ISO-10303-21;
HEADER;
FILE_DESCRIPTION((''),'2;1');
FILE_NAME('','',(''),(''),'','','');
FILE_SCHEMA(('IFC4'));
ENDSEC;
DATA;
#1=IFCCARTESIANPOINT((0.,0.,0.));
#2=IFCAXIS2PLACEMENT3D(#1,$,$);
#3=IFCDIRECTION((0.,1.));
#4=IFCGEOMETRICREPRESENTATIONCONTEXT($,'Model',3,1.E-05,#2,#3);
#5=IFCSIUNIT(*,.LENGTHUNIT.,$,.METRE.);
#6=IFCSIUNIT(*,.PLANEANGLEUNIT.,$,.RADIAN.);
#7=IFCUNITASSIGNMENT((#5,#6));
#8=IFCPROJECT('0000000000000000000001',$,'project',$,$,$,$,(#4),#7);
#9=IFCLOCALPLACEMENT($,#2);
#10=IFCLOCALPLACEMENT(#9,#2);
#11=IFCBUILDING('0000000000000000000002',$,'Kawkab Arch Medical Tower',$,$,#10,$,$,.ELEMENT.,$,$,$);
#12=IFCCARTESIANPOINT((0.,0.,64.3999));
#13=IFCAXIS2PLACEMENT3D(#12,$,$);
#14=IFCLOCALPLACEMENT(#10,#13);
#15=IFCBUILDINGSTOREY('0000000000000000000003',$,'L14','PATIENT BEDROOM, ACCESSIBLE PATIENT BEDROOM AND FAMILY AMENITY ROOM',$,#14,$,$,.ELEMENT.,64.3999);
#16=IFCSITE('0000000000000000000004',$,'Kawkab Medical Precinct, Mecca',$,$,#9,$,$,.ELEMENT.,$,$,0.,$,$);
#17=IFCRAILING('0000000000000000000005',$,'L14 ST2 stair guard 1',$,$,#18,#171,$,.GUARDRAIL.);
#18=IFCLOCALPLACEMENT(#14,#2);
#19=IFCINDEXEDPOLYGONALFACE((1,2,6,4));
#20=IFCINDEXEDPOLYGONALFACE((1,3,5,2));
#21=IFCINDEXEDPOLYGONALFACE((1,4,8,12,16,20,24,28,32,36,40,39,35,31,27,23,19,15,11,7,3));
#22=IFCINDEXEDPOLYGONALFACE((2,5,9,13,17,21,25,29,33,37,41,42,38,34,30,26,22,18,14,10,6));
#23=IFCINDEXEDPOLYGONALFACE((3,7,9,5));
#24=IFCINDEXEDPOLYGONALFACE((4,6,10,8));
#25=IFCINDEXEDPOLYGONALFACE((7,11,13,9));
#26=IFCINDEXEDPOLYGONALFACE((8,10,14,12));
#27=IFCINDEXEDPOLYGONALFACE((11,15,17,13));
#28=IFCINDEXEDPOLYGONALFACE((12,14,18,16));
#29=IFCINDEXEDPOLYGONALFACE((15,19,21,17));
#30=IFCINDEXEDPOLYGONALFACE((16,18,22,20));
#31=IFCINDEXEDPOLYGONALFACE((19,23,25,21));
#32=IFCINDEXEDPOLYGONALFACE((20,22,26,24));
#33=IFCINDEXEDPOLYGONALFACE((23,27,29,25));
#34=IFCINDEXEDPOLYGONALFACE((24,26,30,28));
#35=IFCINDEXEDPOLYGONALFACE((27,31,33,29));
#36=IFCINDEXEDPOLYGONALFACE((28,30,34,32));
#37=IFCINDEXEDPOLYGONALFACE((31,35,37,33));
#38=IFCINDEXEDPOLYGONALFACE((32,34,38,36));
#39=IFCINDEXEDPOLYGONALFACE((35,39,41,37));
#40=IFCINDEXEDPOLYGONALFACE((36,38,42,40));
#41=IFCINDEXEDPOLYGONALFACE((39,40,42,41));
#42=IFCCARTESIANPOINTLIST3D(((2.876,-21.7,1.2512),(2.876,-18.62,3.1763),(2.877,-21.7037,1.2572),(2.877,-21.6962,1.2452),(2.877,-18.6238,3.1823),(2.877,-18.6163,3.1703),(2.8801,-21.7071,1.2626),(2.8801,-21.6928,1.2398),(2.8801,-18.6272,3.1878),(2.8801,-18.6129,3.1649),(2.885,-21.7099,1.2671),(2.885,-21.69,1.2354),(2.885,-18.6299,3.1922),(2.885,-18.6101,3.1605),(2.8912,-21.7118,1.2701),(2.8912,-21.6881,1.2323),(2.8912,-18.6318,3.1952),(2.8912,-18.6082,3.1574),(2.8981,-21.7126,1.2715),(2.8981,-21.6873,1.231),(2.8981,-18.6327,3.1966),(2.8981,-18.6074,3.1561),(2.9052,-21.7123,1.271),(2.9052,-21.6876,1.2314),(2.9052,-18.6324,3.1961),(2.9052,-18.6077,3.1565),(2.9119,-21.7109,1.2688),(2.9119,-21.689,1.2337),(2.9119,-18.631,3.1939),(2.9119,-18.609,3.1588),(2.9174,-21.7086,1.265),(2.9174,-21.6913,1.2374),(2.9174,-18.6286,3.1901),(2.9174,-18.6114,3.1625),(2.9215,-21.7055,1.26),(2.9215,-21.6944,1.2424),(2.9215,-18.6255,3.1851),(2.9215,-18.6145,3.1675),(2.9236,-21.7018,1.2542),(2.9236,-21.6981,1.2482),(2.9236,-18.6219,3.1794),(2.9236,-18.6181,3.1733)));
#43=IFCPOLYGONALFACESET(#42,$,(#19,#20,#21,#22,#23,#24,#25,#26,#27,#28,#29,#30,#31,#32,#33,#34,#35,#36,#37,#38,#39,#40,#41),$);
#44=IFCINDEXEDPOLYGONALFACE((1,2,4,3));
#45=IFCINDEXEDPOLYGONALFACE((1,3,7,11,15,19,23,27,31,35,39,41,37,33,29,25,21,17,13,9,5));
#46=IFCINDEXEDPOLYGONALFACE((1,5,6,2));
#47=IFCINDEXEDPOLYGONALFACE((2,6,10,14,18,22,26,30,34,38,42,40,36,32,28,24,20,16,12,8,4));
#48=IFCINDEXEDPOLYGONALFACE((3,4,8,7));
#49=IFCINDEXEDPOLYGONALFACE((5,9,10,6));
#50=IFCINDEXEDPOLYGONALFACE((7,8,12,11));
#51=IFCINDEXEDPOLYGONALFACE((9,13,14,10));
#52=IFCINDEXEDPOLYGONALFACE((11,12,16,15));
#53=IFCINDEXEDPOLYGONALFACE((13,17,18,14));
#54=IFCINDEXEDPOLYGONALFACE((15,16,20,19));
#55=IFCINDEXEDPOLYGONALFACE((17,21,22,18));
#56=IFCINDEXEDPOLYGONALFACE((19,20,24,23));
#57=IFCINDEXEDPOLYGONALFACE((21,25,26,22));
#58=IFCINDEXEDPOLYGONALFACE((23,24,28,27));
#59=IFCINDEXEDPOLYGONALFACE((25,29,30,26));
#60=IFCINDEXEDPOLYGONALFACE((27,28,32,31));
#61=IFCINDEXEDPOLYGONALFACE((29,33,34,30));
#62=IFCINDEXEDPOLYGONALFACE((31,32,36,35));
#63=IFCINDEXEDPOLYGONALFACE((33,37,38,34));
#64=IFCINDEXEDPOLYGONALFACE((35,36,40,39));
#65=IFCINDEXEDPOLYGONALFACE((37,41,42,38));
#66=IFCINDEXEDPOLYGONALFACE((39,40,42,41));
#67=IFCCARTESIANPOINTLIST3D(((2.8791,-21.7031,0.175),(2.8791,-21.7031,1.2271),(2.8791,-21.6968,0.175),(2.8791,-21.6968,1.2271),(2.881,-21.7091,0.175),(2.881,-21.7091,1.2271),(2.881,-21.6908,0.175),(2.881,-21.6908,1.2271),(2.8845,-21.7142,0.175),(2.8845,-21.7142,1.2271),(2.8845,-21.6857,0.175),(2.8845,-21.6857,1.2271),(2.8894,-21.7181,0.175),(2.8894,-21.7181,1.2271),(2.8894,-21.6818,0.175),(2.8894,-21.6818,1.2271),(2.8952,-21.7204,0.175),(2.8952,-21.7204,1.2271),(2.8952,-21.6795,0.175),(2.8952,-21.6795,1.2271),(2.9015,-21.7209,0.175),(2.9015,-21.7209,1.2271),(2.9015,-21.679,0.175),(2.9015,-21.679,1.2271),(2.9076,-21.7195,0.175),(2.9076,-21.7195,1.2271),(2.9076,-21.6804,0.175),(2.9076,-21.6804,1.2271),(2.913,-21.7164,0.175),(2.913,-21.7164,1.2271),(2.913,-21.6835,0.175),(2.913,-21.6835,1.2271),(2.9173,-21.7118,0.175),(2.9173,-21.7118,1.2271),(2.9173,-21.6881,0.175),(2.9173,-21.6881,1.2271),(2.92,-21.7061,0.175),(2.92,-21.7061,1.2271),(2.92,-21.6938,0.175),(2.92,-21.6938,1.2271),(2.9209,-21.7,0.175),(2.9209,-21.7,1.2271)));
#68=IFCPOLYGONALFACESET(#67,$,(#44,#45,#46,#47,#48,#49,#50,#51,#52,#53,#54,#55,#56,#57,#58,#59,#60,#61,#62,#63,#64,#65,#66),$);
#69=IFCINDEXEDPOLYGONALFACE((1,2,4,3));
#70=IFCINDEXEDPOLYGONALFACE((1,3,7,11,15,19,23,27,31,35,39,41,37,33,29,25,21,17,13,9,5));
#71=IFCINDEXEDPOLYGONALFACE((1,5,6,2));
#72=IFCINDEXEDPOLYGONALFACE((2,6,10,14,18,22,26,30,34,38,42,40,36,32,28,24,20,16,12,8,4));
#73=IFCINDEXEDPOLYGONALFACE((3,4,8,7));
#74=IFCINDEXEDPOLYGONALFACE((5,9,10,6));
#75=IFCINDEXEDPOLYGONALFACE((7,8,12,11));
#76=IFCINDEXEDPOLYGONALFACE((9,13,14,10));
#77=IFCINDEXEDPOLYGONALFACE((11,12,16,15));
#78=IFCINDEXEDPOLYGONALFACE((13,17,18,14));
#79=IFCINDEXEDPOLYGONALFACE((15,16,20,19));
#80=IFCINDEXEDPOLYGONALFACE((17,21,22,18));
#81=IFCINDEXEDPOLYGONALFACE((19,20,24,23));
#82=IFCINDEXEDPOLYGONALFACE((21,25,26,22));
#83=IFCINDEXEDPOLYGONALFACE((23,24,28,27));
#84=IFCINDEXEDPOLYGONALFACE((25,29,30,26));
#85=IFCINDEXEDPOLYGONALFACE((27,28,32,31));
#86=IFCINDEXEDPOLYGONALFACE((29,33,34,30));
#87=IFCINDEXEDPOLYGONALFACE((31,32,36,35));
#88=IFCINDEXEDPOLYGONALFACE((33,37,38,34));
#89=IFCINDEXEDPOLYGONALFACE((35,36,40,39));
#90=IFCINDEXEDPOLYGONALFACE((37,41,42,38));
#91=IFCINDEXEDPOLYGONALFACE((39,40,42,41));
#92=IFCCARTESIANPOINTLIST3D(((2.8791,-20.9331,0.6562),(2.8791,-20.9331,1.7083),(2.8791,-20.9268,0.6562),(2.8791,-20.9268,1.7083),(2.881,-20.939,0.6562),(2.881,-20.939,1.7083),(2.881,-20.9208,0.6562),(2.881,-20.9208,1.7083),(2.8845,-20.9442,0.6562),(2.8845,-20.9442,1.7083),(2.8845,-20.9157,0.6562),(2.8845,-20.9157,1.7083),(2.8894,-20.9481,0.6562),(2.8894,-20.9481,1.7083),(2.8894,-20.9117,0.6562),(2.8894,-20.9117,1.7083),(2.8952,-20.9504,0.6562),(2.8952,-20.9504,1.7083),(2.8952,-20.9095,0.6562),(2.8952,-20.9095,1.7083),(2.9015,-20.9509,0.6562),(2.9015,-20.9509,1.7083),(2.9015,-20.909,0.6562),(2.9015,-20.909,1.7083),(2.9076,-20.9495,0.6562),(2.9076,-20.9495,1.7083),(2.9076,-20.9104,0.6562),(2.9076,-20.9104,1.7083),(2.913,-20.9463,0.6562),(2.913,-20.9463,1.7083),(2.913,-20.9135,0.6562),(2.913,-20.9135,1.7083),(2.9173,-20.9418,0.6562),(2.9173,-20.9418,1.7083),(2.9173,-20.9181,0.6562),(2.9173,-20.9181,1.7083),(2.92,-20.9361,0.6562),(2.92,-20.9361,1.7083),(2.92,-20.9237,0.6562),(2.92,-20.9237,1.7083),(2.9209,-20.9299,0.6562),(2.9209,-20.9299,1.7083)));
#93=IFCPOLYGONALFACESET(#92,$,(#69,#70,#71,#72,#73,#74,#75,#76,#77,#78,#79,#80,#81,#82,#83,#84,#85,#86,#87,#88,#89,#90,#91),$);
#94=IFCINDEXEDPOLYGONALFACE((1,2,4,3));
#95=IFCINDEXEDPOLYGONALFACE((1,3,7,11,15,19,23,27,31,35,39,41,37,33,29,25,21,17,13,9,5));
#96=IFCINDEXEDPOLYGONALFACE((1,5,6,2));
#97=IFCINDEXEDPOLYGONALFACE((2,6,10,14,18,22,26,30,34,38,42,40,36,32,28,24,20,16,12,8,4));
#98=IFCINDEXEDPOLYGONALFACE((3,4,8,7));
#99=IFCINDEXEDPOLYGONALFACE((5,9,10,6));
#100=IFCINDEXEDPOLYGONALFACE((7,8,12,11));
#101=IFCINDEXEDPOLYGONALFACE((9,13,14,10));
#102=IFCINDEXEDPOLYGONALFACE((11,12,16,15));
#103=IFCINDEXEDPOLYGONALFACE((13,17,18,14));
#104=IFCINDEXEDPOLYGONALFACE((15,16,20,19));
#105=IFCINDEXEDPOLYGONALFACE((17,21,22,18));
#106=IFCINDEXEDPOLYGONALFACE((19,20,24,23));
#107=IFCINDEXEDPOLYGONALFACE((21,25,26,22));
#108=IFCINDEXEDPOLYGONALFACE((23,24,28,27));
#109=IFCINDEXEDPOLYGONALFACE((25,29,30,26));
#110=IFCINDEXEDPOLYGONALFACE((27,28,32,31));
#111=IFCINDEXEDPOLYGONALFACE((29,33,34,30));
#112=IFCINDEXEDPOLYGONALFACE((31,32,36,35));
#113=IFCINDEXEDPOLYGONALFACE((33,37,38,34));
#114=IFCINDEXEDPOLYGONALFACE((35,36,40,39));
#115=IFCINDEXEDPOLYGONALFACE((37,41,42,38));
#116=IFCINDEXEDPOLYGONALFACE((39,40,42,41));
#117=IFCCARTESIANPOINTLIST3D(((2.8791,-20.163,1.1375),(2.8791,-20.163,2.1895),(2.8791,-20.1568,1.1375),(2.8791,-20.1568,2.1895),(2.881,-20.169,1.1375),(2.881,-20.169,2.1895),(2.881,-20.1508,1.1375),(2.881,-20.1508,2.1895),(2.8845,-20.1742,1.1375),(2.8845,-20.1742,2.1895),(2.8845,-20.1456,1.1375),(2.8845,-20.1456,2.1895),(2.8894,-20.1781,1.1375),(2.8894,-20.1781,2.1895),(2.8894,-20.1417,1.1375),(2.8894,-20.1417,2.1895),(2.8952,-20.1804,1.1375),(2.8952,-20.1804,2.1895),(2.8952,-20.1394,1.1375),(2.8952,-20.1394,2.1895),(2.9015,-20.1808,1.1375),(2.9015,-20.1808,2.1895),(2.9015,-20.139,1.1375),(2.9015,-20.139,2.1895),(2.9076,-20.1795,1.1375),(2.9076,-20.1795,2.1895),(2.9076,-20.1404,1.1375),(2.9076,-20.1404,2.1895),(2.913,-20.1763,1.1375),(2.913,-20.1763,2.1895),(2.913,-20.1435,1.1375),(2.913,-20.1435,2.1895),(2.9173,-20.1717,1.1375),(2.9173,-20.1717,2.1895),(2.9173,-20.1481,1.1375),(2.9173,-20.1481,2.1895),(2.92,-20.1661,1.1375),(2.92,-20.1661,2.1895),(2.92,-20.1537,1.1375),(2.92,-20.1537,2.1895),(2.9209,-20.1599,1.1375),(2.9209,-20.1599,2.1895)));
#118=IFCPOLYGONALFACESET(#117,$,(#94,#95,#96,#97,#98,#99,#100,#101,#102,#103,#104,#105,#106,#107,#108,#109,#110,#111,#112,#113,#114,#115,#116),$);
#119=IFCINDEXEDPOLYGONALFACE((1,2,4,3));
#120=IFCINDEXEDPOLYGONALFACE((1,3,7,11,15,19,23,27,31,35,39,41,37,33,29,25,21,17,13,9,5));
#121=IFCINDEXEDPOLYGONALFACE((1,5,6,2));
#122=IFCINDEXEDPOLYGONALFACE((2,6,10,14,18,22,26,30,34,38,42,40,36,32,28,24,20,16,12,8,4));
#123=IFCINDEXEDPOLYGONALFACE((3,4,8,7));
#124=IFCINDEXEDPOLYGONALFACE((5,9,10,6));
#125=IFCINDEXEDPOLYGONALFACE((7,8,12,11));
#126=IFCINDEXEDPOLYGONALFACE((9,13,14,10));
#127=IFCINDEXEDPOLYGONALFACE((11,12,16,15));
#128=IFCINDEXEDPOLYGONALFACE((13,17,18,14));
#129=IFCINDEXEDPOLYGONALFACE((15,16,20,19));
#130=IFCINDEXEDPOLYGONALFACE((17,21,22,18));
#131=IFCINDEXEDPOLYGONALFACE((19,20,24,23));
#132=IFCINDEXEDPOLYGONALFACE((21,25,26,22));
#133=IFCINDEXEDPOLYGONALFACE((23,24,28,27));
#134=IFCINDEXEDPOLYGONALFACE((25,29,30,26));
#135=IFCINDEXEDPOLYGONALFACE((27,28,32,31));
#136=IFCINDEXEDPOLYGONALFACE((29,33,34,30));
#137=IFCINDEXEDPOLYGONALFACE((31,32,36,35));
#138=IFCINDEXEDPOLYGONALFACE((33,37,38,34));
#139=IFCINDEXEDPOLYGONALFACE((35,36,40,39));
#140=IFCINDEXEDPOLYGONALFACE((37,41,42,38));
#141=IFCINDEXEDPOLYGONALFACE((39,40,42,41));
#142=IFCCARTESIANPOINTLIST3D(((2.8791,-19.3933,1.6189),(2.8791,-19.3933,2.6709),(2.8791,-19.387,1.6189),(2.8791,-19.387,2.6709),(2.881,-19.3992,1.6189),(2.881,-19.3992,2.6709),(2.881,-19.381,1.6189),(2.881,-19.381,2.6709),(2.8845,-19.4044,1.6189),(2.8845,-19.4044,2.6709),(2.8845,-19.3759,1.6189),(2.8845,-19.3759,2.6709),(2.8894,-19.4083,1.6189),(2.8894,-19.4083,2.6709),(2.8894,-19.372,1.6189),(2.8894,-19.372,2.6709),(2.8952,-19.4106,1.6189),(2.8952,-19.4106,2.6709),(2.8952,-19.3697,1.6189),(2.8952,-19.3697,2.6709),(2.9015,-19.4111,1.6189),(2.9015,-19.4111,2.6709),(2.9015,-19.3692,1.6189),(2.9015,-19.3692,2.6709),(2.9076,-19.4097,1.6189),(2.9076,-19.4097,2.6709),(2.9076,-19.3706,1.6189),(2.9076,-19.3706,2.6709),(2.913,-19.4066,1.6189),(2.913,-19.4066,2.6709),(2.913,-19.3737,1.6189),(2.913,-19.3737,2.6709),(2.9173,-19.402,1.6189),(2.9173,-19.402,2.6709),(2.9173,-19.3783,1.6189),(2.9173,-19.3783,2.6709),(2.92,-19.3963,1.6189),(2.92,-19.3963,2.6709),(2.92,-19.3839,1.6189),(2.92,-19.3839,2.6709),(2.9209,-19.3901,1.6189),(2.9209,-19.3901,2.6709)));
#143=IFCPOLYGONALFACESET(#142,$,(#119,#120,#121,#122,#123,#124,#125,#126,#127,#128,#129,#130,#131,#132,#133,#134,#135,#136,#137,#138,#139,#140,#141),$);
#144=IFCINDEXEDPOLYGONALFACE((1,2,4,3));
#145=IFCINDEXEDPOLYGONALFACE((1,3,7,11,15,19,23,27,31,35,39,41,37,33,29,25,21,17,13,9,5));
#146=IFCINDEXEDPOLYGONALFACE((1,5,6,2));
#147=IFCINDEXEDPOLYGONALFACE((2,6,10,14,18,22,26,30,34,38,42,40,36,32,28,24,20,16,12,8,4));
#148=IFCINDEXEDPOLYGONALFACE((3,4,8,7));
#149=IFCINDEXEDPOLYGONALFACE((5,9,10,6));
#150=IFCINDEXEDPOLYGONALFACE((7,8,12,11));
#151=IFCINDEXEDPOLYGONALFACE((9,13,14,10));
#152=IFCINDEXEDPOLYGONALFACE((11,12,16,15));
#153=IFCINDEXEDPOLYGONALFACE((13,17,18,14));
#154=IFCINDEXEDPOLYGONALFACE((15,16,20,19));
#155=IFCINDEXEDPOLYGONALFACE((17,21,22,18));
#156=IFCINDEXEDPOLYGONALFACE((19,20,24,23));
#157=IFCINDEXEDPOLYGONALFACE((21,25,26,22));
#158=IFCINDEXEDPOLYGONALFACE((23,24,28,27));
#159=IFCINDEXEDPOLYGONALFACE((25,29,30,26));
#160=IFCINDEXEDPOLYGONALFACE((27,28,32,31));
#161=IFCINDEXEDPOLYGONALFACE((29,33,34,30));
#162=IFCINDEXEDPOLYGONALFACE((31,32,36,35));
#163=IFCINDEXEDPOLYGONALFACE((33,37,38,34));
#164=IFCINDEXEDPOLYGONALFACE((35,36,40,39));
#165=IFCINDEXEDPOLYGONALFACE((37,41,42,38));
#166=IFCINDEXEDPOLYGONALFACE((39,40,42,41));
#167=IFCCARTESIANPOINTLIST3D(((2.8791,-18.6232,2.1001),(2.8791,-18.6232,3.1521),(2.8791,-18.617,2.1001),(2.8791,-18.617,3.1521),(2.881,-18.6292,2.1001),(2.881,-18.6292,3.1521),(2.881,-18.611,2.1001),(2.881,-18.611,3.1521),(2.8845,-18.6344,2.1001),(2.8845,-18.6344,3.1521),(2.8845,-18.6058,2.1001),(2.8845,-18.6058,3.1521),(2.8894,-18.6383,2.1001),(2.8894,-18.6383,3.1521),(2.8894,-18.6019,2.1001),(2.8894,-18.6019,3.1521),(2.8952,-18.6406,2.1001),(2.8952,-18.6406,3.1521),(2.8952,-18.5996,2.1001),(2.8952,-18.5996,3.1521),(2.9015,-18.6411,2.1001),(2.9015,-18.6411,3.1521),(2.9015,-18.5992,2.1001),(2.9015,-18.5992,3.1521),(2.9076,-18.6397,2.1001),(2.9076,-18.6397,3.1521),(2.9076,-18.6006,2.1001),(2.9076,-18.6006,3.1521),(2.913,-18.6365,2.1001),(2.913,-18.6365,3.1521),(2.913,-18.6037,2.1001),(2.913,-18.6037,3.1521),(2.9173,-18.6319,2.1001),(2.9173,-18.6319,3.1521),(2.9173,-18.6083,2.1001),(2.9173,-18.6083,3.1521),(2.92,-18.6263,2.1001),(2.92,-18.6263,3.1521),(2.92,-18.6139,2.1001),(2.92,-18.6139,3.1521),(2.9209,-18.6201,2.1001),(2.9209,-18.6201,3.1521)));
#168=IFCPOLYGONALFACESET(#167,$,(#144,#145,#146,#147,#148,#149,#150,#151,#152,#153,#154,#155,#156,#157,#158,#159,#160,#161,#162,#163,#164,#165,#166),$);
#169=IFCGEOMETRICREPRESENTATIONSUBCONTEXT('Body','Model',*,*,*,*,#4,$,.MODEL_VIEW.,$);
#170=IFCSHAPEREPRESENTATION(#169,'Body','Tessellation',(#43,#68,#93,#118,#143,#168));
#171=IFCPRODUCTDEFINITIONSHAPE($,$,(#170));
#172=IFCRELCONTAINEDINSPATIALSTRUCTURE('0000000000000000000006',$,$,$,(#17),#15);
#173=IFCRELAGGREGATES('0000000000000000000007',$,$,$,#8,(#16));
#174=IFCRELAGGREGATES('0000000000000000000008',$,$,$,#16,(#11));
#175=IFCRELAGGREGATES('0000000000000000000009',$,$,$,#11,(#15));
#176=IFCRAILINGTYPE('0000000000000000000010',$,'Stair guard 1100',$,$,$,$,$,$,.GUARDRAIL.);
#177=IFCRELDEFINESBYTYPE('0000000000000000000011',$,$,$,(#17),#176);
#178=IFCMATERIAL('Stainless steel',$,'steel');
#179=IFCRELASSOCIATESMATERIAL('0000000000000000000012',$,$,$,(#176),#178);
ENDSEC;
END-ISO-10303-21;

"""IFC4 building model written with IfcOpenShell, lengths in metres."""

from ifc_helpers import new_model, si_unit, direction, frame, origin, origin_2d, place, context, subcontext, project, spatial, circle, extrude, material, type_object, element, save


model = new_model("IFC4")

# Units and contexts
model_context = context("Model", 3, precision=1e-05, world=origin(), true_north=direction((0.0, 1.0)))
body_context = subcontext(model_context, "Body", "Model", "MODEL_VIEW")
ifc_project = project(units=[si_unit("LENGTHUNIT", "METRE"), si_unit("PLANEANGLEUNIT", "RADIAN")], contexts=[model_context])

# Site, building, storey
site_placement = place(None, origin())
site = spatial("IfcSite", under=ifc_project, at=site_placement, Name="Kawkab Medical Precinct, Mecca", CompositionType="ELEMENT", RefElevation=0.0)
building_placement = place(site_placement, origin())
building = spatial("IfcBuilding", under=site, at=building_placement, Name="Kawkab Arch Medical Tower", CompositionType="ELEMENT")
storey_placement = place(building_placement, frame((0.0, 0.0, 64.3999)))
storey = spatial("IfcBuildingStorey", under=building, at=storey_placement, Name="L14", Description="PATIENT BEDROOM, ACCESSIBLE PATIENT BEDROOM AND FAMILY AMENITY ROOM", CompositionType="ELEMENT", Elevation=64.3999)

# Railing
ifc_material_1 = material(Name="Stainless steel", Category="steel")
railing_type = type_object("IfcRailingType", Name="Stair guard 1100", PredefinedType="GUARDRAIL", material=ifc_material_1)
railing_placement = place(storey_placement, frame((2.8999, -21.7, 0.175)))
element("IfcRailing", 1, at=railing_placement, inside=storey, type_object=railing_type, Name="L14 ST2 stair guard 1", PredefinedType="GUARDRAIL", context=body_context, shape_type="SweptSolid", body=[
    extrude(circle(Radius=0.0239, at=origin_2d()), frame((0.0, 0.0, 1.0762), z_axis=(0.0, 0.847979, 0.530029), x_axis=(-1.0, 0.0, 0.0)), (0.0, 0.0, 1.0), 3.6321),
    extrude(circle(Radius=0.021, at=origin_2d()), origin(), (0.0, 0.0, 1.0), 1.052),
    extrude(circle(Radius=0.021, at=origin_2d()), frame((0.0, 0.77, 0.4812)), (0.0, 0.0, 1.0), 1.052),
    extrude(circle(Radius=0.021, at=origin_2d()), frame((0.0, 1.54, 0.9624)), (0.0, 0.0, 1.0), 1.052),
    extrude(circle(Radius=0.021, at=origin_2d()), frame((0.0, 2.3098, 1.4438)), (0.0, 0.0, 1.0), 1.052),
    extrude(circle(Radius=0.021, at=origin_2d()), frame((0.0, 3.0798, 1.925)), (0.0, 0.0, 1.0), 1.052),
])

save(model, "model.ifc")
